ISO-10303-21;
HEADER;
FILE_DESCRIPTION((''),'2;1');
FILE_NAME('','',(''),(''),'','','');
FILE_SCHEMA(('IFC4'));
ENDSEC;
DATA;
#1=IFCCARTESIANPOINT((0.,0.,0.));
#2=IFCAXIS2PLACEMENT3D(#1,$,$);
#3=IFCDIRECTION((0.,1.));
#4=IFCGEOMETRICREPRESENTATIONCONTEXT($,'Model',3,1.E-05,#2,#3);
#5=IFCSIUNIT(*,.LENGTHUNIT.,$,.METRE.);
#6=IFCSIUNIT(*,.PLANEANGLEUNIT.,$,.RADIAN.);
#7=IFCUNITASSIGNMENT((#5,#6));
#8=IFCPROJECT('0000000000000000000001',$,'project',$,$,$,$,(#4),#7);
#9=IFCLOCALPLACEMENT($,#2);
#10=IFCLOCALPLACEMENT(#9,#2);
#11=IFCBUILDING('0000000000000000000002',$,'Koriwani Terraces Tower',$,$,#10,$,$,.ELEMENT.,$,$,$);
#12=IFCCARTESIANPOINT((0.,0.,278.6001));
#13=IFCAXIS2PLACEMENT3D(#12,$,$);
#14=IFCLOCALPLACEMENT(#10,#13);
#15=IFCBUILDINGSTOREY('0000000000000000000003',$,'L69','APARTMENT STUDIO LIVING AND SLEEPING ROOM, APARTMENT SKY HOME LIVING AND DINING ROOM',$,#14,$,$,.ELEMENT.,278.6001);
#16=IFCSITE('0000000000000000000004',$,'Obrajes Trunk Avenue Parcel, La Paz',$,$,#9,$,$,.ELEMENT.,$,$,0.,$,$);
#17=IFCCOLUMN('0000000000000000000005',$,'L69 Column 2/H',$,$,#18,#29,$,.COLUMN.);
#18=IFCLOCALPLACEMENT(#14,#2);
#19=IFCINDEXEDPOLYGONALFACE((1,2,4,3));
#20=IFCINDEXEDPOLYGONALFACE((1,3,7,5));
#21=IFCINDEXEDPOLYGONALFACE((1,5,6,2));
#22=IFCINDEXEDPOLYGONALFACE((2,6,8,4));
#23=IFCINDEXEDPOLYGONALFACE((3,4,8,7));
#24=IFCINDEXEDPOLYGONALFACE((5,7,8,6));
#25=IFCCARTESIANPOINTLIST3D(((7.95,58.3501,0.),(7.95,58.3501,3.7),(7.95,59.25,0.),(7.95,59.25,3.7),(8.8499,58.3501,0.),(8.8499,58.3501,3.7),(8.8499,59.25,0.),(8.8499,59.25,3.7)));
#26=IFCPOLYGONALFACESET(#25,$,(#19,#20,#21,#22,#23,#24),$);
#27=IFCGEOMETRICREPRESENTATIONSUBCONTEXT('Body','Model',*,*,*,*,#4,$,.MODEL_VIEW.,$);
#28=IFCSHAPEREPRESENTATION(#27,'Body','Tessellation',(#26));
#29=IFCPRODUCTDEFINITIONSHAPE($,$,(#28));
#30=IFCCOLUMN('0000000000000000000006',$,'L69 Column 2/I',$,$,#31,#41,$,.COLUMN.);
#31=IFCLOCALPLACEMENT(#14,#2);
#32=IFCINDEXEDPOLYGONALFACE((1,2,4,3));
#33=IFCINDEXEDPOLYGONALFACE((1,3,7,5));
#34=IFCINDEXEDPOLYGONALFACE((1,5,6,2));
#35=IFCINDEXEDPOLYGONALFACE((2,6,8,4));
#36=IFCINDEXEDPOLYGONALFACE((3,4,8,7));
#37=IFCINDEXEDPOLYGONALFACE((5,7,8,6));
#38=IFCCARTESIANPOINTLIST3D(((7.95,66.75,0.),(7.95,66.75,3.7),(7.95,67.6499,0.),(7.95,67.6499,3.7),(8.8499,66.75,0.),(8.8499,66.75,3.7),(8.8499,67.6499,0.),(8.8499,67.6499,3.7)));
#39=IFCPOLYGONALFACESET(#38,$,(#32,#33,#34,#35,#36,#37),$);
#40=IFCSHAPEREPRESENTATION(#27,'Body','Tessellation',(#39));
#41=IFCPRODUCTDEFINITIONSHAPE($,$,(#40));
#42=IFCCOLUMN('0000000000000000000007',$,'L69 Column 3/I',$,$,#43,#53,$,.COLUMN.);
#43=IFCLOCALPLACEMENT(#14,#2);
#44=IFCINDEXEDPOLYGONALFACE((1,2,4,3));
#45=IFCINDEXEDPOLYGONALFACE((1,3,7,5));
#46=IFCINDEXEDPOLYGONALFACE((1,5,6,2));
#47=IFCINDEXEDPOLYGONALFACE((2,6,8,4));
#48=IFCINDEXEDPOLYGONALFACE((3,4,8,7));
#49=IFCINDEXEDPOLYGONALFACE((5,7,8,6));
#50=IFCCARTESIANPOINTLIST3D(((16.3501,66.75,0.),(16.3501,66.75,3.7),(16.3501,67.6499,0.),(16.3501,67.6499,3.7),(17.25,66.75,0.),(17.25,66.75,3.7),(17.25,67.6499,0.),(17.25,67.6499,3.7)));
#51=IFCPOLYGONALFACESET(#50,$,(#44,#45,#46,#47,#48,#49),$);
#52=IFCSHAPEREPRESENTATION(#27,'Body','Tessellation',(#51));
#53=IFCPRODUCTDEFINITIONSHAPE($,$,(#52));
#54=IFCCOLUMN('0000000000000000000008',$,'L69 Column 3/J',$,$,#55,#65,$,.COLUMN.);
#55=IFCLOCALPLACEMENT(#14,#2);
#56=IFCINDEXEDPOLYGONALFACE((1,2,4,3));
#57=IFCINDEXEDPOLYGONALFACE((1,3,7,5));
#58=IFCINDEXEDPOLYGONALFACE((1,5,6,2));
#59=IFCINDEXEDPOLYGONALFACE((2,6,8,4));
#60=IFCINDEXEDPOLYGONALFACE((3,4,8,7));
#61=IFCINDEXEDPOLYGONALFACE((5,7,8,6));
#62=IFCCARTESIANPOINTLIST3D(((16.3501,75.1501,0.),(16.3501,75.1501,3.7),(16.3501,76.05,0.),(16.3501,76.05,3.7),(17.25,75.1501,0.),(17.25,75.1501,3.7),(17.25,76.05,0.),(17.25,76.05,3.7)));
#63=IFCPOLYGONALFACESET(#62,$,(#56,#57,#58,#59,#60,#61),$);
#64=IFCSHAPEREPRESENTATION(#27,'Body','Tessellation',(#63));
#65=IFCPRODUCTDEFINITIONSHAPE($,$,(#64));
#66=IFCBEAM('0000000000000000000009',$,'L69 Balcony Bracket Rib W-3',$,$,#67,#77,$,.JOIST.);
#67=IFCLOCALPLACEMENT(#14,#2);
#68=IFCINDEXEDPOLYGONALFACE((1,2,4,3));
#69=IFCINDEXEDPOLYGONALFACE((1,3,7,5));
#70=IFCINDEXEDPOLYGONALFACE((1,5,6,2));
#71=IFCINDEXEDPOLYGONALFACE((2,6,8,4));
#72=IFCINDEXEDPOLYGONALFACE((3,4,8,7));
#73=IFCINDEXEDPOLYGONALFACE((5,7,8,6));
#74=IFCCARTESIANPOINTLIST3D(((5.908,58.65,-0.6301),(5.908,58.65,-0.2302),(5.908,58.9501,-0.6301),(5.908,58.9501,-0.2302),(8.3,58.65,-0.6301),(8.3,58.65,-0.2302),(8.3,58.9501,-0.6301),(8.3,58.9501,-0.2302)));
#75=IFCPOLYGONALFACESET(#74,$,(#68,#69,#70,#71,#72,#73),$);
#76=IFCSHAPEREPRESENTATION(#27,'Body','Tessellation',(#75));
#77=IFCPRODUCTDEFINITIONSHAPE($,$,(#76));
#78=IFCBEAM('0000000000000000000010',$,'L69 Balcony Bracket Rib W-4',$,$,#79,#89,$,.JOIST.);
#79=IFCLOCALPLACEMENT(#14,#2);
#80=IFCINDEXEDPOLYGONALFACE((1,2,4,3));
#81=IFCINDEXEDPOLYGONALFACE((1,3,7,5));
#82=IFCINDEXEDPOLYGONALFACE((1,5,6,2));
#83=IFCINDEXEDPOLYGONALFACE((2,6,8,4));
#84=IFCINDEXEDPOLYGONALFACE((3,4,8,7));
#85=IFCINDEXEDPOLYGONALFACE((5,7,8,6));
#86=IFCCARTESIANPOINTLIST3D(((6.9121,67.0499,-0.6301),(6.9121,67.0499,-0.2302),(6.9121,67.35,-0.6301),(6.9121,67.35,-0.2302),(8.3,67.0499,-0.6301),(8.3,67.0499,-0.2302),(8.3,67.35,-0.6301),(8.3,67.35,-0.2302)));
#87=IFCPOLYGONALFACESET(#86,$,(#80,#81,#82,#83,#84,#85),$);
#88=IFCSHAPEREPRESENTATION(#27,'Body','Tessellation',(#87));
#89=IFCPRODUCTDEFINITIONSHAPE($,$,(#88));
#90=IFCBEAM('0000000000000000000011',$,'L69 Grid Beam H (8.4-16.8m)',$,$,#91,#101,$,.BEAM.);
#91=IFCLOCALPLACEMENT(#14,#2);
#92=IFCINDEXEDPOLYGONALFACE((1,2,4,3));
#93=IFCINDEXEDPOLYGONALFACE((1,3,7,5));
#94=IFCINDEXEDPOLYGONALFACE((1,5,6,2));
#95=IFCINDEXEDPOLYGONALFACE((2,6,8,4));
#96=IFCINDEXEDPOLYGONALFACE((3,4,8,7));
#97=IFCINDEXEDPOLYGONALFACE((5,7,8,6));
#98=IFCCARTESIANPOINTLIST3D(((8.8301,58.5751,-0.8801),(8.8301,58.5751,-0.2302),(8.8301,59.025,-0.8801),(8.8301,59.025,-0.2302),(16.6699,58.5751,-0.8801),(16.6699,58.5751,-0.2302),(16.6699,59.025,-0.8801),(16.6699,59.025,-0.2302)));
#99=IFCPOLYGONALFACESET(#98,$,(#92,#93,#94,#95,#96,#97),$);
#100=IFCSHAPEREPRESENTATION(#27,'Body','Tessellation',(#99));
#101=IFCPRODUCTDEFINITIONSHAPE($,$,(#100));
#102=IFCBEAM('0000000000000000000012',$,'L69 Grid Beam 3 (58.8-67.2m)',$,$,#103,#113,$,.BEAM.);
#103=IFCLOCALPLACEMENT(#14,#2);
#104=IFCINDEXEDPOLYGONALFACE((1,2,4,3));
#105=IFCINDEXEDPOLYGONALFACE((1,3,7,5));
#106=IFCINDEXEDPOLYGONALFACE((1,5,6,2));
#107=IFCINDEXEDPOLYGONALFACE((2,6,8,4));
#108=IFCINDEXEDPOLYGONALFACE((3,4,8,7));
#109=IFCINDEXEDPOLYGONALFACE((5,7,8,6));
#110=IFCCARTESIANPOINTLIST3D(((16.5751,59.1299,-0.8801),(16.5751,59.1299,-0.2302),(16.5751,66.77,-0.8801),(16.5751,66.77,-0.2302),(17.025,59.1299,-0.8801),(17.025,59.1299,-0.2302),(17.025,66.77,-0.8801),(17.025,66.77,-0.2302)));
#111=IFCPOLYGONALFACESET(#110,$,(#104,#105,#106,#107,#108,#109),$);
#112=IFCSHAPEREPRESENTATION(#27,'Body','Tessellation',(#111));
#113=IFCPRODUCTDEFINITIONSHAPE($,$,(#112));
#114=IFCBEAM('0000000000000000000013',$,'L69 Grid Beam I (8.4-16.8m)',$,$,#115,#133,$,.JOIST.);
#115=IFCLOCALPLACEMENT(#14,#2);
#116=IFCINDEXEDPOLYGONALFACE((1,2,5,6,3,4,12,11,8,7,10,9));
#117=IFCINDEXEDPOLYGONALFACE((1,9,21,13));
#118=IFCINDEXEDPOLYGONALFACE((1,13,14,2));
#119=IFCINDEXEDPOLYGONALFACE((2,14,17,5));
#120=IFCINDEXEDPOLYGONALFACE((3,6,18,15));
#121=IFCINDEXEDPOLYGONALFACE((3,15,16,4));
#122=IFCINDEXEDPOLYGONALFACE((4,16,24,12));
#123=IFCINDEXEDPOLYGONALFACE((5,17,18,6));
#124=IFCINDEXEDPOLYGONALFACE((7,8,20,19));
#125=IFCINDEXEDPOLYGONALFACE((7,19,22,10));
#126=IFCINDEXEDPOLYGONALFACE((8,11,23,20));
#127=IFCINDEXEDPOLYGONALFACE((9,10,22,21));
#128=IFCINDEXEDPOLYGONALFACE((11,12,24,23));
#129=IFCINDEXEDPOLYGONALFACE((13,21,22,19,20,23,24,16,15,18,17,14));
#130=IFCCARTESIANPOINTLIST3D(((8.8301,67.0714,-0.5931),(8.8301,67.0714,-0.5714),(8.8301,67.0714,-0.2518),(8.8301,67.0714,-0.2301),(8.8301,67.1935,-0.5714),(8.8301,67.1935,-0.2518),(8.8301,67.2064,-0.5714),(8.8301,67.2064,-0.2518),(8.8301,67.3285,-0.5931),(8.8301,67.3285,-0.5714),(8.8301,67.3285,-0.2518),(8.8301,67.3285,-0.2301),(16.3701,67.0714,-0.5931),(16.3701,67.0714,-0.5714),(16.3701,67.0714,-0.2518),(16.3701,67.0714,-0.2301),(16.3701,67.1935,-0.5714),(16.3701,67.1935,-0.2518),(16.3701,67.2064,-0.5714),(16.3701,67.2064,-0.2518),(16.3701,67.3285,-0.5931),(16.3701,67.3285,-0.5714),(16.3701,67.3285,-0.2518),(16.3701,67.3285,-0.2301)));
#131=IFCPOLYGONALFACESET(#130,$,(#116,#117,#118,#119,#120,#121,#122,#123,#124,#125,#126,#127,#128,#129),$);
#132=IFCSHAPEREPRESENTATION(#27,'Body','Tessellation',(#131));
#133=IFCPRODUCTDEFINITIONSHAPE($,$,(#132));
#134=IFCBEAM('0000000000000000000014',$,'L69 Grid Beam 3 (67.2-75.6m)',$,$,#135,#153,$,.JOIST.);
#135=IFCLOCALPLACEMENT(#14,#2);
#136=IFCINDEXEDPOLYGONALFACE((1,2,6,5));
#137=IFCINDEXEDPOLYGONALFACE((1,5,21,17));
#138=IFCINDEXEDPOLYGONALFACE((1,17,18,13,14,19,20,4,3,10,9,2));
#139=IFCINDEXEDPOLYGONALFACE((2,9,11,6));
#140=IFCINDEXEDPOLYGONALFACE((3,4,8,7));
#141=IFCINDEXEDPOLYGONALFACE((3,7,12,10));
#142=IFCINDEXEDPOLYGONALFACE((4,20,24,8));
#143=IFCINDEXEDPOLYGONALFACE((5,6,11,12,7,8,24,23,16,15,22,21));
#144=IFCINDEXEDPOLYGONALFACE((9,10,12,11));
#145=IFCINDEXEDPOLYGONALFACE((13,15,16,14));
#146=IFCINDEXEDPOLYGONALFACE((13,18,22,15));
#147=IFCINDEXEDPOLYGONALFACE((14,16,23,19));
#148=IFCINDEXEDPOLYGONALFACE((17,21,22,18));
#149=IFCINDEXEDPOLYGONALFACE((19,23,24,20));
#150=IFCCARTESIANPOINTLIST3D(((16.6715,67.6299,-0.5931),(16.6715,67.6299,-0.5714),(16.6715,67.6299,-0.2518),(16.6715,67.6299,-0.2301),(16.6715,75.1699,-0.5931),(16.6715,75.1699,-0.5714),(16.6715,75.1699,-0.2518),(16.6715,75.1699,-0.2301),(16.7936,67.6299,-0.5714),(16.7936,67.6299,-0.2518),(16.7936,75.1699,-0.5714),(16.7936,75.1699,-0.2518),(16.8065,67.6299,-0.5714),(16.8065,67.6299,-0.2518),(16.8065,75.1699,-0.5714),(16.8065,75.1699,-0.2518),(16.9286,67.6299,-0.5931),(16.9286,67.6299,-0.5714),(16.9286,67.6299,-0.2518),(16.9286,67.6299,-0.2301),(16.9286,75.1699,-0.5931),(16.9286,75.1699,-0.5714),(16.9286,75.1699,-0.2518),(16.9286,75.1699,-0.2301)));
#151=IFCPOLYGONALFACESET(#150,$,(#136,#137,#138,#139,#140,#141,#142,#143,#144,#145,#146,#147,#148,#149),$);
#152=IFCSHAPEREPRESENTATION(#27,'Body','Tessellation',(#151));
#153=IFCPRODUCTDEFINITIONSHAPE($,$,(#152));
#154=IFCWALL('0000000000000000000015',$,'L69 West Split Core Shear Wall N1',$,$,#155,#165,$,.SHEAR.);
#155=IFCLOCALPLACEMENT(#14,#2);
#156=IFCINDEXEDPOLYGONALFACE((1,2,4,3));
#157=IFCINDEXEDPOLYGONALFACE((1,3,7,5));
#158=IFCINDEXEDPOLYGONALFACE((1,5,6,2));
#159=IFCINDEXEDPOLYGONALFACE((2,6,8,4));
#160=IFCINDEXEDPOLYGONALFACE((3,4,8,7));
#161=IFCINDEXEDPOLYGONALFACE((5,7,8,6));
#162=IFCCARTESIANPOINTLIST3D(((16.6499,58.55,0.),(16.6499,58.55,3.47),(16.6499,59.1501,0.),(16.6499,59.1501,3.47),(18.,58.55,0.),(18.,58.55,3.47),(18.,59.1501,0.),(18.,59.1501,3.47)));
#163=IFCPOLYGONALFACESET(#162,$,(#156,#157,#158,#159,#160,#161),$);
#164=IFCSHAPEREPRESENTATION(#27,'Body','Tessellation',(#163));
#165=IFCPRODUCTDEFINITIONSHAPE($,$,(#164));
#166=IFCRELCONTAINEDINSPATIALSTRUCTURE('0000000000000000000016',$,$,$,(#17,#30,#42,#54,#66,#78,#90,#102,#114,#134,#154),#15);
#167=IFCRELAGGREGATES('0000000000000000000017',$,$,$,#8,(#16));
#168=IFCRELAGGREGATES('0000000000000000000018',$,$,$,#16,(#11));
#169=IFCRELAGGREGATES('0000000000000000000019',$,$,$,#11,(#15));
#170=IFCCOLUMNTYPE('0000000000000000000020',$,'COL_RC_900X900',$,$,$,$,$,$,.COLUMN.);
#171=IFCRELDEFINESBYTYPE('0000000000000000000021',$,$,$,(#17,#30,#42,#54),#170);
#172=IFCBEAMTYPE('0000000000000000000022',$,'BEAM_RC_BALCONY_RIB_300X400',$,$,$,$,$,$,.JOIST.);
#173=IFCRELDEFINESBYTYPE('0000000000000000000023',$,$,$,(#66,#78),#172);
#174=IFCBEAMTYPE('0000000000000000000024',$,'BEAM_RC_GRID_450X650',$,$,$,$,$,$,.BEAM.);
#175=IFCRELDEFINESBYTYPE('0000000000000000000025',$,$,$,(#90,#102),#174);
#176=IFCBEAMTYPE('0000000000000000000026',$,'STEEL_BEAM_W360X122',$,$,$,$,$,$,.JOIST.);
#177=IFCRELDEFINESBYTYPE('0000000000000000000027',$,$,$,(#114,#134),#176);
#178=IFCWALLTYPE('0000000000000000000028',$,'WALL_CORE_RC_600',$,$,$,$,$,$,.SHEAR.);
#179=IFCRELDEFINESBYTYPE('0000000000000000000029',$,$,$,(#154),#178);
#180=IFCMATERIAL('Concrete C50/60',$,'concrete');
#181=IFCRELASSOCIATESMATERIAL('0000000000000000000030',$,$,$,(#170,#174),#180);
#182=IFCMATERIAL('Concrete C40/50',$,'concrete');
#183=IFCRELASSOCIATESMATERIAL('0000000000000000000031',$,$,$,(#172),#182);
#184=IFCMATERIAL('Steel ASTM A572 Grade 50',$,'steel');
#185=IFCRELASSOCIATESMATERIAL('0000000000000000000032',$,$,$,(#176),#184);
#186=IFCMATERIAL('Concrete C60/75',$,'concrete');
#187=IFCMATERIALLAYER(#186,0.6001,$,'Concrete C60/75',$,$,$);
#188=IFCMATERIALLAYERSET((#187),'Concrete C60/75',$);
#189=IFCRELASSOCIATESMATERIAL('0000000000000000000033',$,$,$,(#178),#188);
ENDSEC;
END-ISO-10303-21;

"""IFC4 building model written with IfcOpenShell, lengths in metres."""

from ifc_helpers import new_model, si_unit, direction, frame, frame_2d, origin, origin_2d, place, context, subcontext, project, spatial, rectangle, i_section, extrude, material, layer, layer_set, material_profile, profile_set, type_object, element, save


model = new_model("IFC4")

# Units and contexts
model_context = context("Model", 3, precision=1e-05, world=origin(), true_north=direction((0.0, 1.0)))
body_context = subcontext(model_context, "Body", "Model", "MODEL_VIEW")
ifc_project = project(units=[si_unit("LENGTHUNIT", "METRE"), si_unit("PLANEANGLEUNIT", "RADIAN")], contexts=[model_context])

# Site, building, storey
site_placement = place(None, origin())
site = spatial("IfcSite", under=ifc_project, at=site_placement, Name="Obrajes Trunk Avenue Parcel, La Paz", CompositionType="ELEMENT", RefElevation=0.0)
building_placement = place(site_placement, origin())
building = spatial("IfcBuilding", under=site, at=building_placement, Name="Koriwani Terraces Tower", CompositionType="ELEMENT")
storey_placement = place(building_placement, frame((0.0, 0.0, 278.6001)))
storey = spatial("IfcBuildingStorey", under=building, at=storey_placement, Name="L69", Description="APARTMENT STUDIO LIVING AND SLEEPING ROOM, APARTMENT SKY HOME LIVING AND DINING ROOM", CompositionType="ELEMENT", Elevation=278.6001)

# Columns
ifc_material_1 = material(Name="Concrete C50/60", Category="concrete")
ifc_material_profile_1 = material_profile(ifc_material_1, rectangle(XDim=0.8999, YDim=0.8999, at=origin_2d()), Name="Concrete C50/60", Category="LoadBearing")
ifc_profile_set_1 = profile_set([ifc_material_profile_1], Name="Concrete C50/60")
column_type = type_object("IfcColumnType", Name="COL_RC_900X900", PredefinedType="COLUMN", material=ifc_profile_set_1)
for number, where, z_axis, x_axis, name in (
    (1, (8.3999, 58.8, 0.0), (0.0, 0.0, 1.0), (1.0, 0.0, 0.0), "L69 Column 2/H"),
    (2, (8.3999, 67.2, 0.0), (0.0, 0.0, 1.0), (1.0, 0.0, 0.0), "L69 Column 2/I"),
    (3, (16.8, 67.2, 0.0), (0.0, 0.0, 1.0), (1.0, 0.0, 0.0), "L69 Column 3/I"),
    (4, (16.8, 75.6001, 0.0), (0.0, 0.0, 1.0), (1.0, 0.0, 0.0), "L69 Column 3/J"),
):
    element("IfcColumn", number, at=place(storey_placement, frame(where, z_axis=z_axis, x_axis=x_axis)), inside=storey, type_object=column_type, Name=name, PredefinedType="COLUMN", context=body_context, shape_type="SweptSolid", body=[
        extrude(rectangle(XDim=0.8999, YDim=0.8999, at=origin_2d()), origin(), (0.0, 0.0, 1.0), 3.7),
    ])

# Beams
ifc_material_2 = material(Name="Concrete C40/50", Category="concrete")
ifc_material_profile_2 = material_profile(ifc_material_2, rectangle(XDim=0.3, YDim=0.3999, at=origin_2d()), Name="Concrete C40/50", Category="LoadBearing")
ifc_profile_set_2 = profile_set([ifc_material_profile_2], Name="Concrete C40/50")
beam_type_1 = type_object("IfcBeamType", Name="BEAM_RC_BALCONY_RIB_300X400", PredefinedType="JOIST", material=ifc_profile_set_2)
beam_1_placement = place(storey_placement, frame((5.908, 58.8, -0.4302), z_axis=(1.0, 0.0, 0.0), x_axis=(0.0, 1.0, 0.0)))
element("IfcBeam", 5, at=beam_1_placement, inside=storey, type_object=beam_type_1, Name="L69 Balcony Bracket Rib W-3", PredefinedType="JOIST", context=body_context, shape_type="SweptSolid", body=[
    extrude(rectangle(XDim=0.3, YDim=0.3999, at=origin_2d()), origin(), (0.0, 0.0, 1.0), 2.3921),
])
beam_2_placement = place(storey_placement, frame((6.9121, 67.2, -0.4302), z_axis=(1.0, 0.0, 0.0), x_axis=(0.0, 1.0, 0.0)))
element("IfcBeam", 6, at=beam_2_placement, inside=storey, type_object=beam_type_1, Name="L69 Balcony Bracket Rib W-4", PredefinedType="JOIST", context=body_context, shape_type="SweptSolid", body=[
    extrude(rectangle(XDim=0.3, YDim=0.3999, at=origin_2d()), origin(), (0.0, 0.0, 1.0), 1.3879),
])
ifc_material_profile_3 = material_profile(ifc_material_1, rectangle(XDim=0.45, YDim=0.6499, at=origin_2d()), Name="Concrete C50/60", Category="LoadBearing")
ifc_profile_set_3 = profile_set([ifc_material_profile_3], Name="Concrete C50/60")
beam_type_2 = type_object("IfcBeamType", Name="BEAM_RC_GRID_450X650", PredefinedType="BEAM", material=ifc_profile_set_3)
beam_3_placement = place(storey_placement, frame((8.8301, 58.8, -0.5552), z_axis=(1.0, 0.0, 0.0), x_axis=(0.0, 1.0, 0.0)))
element("IfcBeam", 7, at=beam_3_placement, inside=storey, type_object=beam_type_2, Name="L69 Grid Beam H (8.4-16.8m)", PredefinedType="BEAM", context=body_context, shape_type="SweptSolid", body=[
    extrude(rectangle(XDim=0.45, YDim=0.6499, at=origin_2d()), origin(), (0.0, 0.0, 1.0), 7.8398),
])
beam_4_placement = place(storey_placement, frame((16.8, 59.1299, -0.5552), z_axis=(0.0, 1.0, 0.0), x_axis=(-1.0, 0.0, 0.0)))
element("IfcBeam", 8, at=beam_4_placement, inside=storey, type_object=beam_type_2, Name="L69 Grid Beam 3 (58.8-67.2m)", PredefinedType="BEAM", context=body_context, shape_type="SweptSolid", body=[
    extrude(rectangle(XDim=0.45, YDim=0.6499, at=origin_2d()), origin(), (0.0, 0.0, 1.0), 7.6401),
])
ifc_material_3 = material(Name="Steel ASTM A572 Grade 50", Category="steel")
ifc_material_profile_4 = material_profile(ifc_material_3, i_section(OverallWidth=0.2571, OverallDepth=0.363, WebThickness=0.0129, FlangeThickness=0.0217, at=origin_2d()), Name="Steel ASTM A572 Grade 50", Category="LoadBearing")
ifc_profile_set_4 = profile_set([ifc_material_profile_4], Name="Steel ASTM A572 Grade 50")
beam_type_3 = type_object("IfcBeamType", Name="STEEL_BEAM_W360X122", PredefinedType="JOIST", material=ifc_profile_set_4)
for number, where, z_axis, x_axis, name in (
    (9, (8.8301, 67.2, -0.4116), (1.0, 0.0, 0.0), (0.0, 1.0, 0.0), "L69 Grid Beam I (8.4-16.8m)"),
    (10, (16.8, 67.6299, -0.4116), (0.0, 1.0, 0.0), (-1.0, 0.0, 0.0), "L69 Grid Beam 3 (67.2-75.6m)"),
):
    element("IfcBeam", number, at=place(storey_placement, frame(where, z_axis=z_axis, x_axis=x_axis)), inside=storey, type_object=beam_type_3, Name=name, PredefinedType="JOIST", context=body_context, shape_type="SweptSolid", body=[
        extrude(i_section(OverallWidth=0.2571, OverallDepth=0.363, WebThickness=0.0129, FlangeThickness=0.0217, at=origin_2d()), origin(), (0.0, 0.0, 1.0), 7.54),
    ])

# Wall
ifc_material_4 = material(Name="Concrete C60/75", Category="concrete")
ifc_layer_1 = layer(ifc_material_4, 0.6001, Name="Concrete C60/75")
ifc_layer_set_1 = layer_set([ifc_layer_1], Name="Concrete C60/75")
wall_type_1 = type_object("IfcWallType", Name="WALL_CORE_RC_600", PredefinedType="SHEAR", material=ifc_layer_set_1)
wall_1_placement = place(storey_placement, frame((16.6499, 58.8501, 0.0), z_axis=(0.0, 0.0, 1.0), x_axis=(1.0, 0.0, 0.0)))
element("IfcWall", 11, at=wall_1_placement, inside=storey, type_object=wall_type_1, Name="L69 West Split Core Shear Wall N1", PredefinedType="SHEAR", context=body_context, shape_type="SweptSolid", body=[
    extrude(rectangle(XDim=1.3501, YDim=0.6001, at=frame_2d((0.675, 0.0))), origin(), (0.0, 0.0, 1.0), 3.47),
])

save(model, "model.ifc")
